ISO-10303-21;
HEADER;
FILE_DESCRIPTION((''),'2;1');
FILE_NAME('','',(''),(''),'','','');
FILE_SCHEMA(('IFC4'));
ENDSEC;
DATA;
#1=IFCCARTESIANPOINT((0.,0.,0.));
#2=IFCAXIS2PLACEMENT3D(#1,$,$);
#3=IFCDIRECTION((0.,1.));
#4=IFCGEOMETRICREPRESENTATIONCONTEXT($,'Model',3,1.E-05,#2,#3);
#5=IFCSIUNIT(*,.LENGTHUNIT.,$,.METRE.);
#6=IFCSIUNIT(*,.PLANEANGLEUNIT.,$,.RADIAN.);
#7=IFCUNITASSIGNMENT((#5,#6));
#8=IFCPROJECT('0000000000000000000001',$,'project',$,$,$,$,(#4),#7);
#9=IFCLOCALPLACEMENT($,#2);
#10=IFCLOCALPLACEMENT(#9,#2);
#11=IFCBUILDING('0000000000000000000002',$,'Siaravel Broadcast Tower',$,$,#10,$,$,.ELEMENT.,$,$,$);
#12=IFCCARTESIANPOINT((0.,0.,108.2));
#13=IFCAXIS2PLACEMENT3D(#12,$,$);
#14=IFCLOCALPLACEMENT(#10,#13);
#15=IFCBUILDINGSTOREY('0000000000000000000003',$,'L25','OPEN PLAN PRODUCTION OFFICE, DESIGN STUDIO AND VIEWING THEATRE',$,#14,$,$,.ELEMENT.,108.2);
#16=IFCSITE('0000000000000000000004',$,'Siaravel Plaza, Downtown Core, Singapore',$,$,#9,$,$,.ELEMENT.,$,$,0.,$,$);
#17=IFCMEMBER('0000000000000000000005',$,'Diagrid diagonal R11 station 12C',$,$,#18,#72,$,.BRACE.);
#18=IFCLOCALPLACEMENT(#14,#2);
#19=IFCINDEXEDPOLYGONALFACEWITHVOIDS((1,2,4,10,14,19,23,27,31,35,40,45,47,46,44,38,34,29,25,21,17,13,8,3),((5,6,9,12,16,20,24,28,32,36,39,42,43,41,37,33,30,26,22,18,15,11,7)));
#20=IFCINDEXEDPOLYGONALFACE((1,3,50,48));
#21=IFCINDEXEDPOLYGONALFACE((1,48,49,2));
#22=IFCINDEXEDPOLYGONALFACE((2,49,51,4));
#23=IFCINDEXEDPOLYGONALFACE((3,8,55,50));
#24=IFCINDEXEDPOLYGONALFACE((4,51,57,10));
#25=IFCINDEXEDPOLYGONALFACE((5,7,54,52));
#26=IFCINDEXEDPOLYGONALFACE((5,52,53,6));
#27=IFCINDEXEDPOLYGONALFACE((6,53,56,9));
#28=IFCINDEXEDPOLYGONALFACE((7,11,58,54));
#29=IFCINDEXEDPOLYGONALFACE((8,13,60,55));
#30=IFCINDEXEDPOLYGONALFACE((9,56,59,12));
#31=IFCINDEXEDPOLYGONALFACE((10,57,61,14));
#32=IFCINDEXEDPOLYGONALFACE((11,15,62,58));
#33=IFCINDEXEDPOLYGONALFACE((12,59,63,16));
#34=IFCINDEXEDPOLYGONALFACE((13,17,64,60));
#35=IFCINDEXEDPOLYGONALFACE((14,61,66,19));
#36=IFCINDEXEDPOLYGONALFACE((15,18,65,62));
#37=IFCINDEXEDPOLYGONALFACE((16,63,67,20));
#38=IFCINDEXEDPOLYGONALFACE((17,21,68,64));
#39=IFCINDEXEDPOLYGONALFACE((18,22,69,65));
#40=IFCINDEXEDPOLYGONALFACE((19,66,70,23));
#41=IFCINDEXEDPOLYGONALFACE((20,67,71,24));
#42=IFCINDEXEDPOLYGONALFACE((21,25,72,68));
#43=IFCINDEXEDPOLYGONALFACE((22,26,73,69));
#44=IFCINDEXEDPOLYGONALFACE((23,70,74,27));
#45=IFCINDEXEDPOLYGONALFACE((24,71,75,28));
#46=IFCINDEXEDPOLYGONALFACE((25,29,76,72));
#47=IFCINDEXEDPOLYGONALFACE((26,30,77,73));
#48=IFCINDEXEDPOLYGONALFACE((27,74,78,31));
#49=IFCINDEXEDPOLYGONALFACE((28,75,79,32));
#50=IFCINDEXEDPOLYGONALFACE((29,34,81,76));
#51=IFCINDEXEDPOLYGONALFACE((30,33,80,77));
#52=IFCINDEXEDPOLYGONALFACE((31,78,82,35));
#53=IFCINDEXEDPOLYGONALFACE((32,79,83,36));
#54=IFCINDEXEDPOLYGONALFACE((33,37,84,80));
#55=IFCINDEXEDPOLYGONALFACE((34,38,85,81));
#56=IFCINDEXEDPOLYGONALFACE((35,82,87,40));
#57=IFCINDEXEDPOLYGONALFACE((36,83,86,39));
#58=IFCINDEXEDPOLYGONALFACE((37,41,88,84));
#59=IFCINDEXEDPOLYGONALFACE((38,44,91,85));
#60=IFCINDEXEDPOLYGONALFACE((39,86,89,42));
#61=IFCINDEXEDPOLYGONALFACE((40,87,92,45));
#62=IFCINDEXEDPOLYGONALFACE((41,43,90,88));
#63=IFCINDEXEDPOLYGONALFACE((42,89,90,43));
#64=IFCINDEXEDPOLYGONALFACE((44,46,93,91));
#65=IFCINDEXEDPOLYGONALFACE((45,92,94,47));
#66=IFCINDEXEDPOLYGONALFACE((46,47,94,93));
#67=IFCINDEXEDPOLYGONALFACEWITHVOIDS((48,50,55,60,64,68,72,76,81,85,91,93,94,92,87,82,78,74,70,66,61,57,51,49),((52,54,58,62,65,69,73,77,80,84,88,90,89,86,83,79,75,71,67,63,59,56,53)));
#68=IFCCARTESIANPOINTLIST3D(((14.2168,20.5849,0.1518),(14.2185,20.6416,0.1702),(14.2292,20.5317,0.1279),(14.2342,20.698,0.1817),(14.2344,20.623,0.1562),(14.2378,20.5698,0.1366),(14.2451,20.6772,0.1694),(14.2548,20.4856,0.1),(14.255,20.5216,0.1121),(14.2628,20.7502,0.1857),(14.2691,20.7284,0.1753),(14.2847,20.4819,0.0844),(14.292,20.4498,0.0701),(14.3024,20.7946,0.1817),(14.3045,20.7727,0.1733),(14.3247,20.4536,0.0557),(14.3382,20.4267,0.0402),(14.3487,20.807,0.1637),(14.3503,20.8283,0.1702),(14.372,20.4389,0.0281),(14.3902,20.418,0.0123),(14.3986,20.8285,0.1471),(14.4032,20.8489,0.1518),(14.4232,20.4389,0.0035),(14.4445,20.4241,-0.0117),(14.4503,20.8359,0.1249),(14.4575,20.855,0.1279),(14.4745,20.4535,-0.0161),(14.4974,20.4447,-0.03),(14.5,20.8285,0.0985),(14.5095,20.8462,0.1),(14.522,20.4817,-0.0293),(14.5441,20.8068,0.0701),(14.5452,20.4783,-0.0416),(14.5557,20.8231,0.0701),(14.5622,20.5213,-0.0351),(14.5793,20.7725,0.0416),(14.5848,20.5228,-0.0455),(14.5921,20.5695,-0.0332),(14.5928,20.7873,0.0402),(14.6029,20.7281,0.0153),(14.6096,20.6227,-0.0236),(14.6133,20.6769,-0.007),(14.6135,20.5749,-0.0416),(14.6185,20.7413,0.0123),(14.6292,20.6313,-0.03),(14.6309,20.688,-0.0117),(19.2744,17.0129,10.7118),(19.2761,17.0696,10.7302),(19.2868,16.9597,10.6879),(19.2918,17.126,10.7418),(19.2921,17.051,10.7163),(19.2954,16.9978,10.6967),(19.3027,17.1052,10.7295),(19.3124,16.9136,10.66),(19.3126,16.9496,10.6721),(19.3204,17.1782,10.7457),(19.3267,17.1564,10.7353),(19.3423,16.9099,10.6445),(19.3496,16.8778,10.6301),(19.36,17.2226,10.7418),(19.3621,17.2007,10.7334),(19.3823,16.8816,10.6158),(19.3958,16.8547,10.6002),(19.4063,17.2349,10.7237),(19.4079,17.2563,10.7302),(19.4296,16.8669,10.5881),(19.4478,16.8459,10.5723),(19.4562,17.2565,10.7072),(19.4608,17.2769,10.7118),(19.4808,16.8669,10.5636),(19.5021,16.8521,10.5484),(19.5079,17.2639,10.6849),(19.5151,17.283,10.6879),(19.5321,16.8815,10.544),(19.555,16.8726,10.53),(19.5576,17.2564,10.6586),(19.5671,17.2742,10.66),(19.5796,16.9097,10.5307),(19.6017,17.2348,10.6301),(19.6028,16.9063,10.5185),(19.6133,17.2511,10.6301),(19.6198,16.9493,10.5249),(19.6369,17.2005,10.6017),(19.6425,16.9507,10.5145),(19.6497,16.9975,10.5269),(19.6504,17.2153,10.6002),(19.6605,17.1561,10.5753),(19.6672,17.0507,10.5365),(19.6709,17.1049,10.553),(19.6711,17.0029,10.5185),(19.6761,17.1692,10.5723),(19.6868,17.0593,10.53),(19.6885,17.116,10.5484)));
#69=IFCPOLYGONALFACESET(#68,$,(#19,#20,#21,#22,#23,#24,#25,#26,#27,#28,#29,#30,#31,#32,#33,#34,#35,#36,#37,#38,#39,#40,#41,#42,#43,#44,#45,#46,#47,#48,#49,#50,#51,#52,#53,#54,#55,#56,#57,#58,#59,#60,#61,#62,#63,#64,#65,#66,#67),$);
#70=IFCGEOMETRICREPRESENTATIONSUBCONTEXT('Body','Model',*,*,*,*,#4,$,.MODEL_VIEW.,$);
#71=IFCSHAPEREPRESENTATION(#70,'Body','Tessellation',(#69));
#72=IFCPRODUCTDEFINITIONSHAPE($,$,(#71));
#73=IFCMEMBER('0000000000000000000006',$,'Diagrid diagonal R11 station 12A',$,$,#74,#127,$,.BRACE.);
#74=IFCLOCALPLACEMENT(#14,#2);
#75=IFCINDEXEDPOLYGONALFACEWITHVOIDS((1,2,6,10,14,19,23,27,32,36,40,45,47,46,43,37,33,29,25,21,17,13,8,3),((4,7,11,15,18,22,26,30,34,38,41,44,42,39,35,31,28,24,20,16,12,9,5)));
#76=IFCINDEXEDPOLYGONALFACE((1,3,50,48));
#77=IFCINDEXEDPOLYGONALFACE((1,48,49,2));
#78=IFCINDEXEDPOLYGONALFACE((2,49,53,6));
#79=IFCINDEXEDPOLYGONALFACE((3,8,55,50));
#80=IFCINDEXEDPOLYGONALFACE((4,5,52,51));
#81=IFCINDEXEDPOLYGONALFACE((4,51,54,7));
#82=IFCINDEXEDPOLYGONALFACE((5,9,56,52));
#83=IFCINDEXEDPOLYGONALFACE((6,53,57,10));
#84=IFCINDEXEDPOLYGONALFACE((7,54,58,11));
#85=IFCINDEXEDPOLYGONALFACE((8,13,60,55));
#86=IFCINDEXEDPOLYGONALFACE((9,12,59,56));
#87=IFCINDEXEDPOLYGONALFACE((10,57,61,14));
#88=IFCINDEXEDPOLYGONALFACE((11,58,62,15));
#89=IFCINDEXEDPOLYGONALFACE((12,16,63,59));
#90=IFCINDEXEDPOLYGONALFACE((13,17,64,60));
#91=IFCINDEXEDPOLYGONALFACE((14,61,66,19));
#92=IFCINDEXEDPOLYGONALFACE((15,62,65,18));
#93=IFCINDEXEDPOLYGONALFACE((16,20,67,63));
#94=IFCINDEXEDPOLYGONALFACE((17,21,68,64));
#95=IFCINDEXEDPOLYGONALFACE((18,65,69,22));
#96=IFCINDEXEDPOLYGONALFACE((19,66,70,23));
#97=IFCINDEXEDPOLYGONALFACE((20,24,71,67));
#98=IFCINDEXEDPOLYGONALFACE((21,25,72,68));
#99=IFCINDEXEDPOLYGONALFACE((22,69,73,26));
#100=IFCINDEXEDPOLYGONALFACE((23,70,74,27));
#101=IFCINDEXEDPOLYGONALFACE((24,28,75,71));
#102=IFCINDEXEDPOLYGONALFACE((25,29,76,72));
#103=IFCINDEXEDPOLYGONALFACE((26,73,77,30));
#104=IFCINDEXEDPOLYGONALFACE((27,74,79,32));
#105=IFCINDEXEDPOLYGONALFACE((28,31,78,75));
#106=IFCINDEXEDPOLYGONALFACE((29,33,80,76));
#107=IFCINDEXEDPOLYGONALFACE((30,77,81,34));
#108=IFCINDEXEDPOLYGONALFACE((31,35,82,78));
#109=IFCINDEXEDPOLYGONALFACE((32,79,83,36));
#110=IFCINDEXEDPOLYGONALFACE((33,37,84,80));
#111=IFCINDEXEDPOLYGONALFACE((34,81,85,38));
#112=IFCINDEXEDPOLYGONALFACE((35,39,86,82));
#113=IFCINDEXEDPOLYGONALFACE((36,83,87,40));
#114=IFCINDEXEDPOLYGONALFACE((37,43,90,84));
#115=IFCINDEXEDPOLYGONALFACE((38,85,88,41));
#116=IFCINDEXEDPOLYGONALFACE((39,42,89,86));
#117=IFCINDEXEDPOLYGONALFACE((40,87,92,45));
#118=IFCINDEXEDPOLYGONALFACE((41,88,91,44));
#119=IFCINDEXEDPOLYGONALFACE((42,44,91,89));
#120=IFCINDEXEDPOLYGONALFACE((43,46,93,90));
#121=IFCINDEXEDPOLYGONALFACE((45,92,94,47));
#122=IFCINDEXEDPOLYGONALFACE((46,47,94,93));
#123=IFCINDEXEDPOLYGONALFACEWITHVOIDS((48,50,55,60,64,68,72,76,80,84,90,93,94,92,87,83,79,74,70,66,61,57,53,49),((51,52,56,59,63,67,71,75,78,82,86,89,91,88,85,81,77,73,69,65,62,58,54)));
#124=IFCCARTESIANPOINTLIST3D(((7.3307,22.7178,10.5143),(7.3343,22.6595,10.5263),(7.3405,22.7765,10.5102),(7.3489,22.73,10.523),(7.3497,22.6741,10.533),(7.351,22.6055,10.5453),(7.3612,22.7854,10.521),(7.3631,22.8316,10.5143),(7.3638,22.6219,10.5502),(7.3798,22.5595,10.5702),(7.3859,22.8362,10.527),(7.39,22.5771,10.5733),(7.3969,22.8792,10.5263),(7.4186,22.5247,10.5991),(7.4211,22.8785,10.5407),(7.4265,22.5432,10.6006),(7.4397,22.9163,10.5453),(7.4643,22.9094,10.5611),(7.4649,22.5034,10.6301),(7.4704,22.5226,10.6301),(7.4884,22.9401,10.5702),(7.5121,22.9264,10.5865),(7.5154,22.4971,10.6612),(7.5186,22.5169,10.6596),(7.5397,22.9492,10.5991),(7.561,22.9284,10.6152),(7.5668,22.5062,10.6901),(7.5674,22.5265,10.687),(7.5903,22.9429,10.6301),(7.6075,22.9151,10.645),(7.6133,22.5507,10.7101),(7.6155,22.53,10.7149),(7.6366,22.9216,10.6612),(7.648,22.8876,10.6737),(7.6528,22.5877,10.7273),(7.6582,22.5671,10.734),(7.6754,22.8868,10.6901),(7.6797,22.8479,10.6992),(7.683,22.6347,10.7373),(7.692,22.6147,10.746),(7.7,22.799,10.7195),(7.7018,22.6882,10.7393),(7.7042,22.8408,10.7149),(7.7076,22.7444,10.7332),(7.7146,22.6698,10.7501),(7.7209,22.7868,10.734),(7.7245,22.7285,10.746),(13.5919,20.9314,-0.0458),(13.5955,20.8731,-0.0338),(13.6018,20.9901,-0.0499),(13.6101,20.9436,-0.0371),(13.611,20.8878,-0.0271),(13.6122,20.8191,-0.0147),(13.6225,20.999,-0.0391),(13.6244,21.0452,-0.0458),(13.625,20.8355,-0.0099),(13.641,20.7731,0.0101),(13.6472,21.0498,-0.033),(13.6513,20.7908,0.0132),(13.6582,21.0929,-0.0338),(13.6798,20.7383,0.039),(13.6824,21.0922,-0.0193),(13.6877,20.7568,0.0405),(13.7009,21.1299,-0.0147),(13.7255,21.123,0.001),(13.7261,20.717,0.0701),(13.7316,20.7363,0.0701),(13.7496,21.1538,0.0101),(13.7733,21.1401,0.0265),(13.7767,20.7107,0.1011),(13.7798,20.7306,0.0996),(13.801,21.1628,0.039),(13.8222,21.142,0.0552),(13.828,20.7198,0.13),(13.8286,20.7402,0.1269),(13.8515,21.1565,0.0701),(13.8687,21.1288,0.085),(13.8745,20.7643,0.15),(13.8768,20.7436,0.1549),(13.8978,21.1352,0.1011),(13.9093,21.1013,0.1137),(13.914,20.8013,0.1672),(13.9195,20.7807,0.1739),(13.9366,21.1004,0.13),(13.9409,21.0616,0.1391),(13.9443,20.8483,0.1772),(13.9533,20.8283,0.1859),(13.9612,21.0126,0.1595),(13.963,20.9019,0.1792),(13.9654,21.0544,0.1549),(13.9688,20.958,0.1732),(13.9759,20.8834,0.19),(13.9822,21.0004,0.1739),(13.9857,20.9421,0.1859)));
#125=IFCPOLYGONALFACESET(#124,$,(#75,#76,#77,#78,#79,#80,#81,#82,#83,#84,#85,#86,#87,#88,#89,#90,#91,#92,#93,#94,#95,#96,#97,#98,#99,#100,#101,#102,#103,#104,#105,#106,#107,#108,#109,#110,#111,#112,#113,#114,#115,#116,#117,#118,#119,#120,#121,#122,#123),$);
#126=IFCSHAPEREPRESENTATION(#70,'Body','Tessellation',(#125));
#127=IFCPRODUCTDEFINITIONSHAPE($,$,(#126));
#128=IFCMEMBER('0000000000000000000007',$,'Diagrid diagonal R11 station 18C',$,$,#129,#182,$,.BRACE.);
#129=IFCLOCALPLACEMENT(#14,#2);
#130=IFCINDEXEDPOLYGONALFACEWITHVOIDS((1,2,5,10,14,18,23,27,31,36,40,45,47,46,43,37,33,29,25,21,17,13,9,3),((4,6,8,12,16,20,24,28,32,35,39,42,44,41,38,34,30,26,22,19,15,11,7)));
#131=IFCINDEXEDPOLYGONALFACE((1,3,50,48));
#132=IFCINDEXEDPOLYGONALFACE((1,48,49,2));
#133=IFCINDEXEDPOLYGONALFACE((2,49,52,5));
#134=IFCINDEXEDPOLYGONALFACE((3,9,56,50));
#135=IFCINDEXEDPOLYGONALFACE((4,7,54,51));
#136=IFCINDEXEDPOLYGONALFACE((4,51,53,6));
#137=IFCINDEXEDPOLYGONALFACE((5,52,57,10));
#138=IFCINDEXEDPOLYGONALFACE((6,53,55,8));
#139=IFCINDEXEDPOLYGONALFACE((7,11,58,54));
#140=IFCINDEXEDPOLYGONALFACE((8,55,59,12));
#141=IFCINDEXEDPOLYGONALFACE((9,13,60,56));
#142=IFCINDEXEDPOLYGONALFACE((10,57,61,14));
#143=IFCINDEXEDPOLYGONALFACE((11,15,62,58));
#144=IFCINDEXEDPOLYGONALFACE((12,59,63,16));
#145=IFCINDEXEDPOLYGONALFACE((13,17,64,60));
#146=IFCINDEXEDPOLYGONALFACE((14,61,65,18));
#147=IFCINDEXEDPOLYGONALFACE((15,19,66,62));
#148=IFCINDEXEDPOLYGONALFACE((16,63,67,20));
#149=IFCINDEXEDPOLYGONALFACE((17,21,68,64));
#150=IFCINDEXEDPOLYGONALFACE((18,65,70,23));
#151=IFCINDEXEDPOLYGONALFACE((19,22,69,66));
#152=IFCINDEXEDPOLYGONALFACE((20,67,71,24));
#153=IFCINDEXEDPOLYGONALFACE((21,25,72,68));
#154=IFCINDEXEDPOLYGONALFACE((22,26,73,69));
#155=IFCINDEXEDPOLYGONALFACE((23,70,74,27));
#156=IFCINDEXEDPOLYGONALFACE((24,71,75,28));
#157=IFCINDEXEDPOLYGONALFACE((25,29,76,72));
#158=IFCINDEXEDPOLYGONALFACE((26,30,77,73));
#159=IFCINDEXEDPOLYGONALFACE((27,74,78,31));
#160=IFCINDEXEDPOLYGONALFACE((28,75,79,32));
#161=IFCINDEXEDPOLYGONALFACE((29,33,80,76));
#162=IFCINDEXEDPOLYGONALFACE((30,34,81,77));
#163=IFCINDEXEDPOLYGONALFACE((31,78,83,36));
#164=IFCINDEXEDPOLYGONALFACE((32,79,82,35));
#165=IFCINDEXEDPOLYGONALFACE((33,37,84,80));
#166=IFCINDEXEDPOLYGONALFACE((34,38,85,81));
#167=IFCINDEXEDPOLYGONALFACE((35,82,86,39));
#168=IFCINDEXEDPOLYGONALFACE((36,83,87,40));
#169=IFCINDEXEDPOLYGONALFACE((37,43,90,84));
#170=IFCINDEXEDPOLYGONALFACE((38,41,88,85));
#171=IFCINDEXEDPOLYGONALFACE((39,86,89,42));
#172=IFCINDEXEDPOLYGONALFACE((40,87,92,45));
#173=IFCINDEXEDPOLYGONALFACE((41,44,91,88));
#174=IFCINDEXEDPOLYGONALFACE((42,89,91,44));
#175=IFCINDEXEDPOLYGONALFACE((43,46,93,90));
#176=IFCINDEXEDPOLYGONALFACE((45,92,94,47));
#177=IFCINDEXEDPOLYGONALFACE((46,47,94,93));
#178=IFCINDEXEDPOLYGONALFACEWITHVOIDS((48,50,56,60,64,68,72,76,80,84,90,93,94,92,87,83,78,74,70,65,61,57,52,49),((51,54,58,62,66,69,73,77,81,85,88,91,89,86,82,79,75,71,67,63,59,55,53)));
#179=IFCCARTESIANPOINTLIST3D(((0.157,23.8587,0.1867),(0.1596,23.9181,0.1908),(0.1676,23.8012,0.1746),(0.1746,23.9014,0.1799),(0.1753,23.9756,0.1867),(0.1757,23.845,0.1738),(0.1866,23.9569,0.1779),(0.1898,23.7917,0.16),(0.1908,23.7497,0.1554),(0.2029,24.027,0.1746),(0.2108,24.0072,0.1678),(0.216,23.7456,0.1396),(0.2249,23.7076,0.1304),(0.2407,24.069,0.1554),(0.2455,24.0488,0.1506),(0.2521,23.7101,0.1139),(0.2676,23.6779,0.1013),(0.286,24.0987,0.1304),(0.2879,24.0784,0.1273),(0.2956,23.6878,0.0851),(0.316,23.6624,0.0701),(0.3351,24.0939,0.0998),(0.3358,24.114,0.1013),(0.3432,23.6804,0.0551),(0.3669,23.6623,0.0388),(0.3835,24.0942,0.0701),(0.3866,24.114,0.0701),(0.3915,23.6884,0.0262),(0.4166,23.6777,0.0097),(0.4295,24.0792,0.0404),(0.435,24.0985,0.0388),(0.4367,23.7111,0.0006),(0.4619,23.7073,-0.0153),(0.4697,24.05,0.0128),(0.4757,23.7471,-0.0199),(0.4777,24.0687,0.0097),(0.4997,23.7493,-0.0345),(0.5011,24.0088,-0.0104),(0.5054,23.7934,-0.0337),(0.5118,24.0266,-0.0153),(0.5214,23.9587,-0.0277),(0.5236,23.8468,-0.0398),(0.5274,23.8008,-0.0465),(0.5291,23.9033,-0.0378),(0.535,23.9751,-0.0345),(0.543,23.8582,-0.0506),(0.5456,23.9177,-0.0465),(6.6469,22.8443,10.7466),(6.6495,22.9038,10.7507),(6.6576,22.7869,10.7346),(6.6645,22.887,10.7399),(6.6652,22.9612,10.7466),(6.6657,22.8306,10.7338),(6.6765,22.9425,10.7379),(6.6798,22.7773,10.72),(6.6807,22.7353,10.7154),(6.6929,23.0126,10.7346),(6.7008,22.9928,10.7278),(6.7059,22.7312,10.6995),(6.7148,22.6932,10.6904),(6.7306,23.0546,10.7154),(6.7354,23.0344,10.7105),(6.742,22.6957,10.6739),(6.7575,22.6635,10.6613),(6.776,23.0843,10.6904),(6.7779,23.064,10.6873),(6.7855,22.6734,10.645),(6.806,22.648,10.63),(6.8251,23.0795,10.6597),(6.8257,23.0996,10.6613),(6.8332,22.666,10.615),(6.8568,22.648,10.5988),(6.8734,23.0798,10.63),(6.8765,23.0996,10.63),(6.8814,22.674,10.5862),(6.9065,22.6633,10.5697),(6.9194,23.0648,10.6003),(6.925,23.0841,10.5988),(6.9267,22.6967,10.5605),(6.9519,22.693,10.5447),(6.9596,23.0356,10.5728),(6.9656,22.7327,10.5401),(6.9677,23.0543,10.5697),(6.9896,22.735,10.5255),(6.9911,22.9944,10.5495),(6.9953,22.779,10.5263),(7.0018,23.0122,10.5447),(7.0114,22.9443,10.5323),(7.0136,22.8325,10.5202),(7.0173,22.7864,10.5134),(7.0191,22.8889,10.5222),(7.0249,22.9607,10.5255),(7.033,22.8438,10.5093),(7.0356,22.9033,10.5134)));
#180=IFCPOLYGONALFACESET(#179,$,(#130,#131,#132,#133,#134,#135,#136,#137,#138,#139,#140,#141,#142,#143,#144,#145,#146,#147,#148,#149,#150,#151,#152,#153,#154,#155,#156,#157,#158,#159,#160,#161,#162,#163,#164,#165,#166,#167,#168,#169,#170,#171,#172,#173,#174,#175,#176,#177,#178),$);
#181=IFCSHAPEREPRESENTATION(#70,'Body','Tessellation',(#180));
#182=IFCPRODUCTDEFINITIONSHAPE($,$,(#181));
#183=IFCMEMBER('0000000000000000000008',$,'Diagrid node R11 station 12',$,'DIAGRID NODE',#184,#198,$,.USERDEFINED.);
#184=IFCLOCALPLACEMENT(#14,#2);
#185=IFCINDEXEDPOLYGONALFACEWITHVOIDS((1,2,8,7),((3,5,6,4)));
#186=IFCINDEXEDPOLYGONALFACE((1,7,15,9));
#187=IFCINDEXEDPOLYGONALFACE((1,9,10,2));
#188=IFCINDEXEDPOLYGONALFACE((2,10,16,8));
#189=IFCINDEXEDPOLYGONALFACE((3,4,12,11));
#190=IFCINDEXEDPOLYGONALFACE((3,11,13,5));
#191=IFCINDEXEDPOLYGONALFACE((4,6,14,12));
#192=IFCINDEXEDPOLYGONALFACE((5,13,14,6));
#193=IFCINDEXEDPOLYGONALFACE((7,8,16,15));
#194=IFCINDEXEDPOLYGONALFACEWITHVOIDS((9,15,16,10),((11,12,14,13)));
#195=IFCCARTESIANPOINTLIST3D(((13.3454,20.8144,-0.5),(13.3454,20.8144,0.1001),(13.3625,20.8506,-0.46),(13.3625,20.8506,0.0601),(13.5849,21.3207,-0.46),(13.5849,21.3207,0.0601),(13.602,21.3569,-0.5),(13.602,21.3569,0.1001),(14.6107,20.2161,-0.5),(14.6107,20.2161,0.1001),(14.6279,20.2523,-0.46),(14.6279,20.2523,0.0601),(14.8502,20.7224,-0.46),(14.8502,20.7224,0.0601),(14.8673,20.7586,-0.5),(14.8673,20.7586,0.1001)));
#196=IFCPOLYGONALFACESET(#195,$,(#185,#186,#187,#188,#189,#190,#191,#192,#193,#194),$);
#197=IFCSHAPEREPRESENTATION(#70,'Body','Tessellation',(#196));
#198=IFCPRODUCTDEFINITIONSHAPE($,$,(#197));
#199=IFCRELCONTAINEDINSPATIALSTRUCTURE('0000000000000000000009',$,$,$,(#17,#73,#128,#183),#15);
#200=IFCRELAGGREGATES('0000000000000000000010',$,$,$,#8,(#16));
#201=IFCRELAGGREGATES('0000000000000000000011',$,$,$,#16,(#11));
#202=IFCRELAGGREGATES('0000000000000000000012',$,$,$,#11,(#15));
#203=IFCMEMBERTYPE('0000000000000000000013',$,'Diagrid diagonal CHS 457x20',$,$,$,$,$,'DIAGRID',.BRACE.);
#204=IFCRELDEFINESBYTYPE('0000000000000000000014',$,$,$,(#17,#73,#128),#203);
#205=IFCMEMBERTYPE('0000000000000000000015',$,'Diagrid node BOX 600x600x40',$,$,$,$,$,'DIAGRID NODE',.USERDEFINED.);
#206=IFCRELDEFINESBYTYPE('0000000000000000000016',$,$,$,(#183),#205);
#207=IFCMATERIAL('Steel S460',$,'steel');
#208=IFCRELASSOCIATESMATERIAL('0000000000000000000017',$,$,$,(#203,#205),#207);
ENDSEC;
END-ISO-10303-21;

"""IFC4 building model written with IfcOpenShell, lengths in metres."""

from ifc_helpers import new_model, si_unit, direction, frame, origin, origin_2d, place, context, subcontext, project, spatial, hollow_rectangle, hollow_circle, extrude, material, material_profile, profile_set, type_object, element, save


model = new_model("IFC4")

# Units and contexts
model_context = context("Model", 3, precision=1e-05, world=origin(), true_north=direction((0.0, 1.0)))
body_context = subcontext(model_context, "Body", "Model", "MODEL_VIEW")
ifc_project = project(units=[si_unit("LENGTHUNIT", "METRE"), si_unit("PLANEANGLEUNIT", "RADIAN")], contexts=[model_context])

# Site, building, storey
site_placement = place(None, origin())
site = spatial("IfcSite", under=ifc_project, at=site_placement, Name="Siaravel Plaza, Downtown Core, Singapore", CompositionType="ELEMENT", RefElevation=0.0)
building_placement = place(site_placement, origin())
building = spatial("IfcBuilding", under=site, at=building_placement, Name="Siaravel Broadcast Tower", CompositionType="ELEMENT")
storey_placement = place(building_placement, frame((0.0, 0.0, 108.2)))
storey = spatial("IfcBuildingStorey", under=building, at=storey_placement, Name="L25", Description="OPEN PLAN PRODUCTION OFFICE, DESIGN STUDIO AND VIEWING THEATRE", CompositionType="ELEMENT", Elevation=108.2)

# Members
ifc_material_1 = material(Name="Steel S460", Category="steel")
ifc_material_profile_1 = material_profile(ifc_material_1, hollow_circle(Radius=0.2285, WallThickness=0.02, at=origin_2d()))
ifc_profile_set_1 = profile_set([ifc_material_profile_1], Name="Steel S460")
member_type_1 = type_object("IfcMemberType", Name="Diagrid diagonal CHS 457x20", ElementType="DIAGRID", PredefinedType="BRACE", material=ifc_profile_set_1)
member_1_placement = place(storey_placement, frame((14.4238, 20.6365, 0.0701), z_axis=(0.413154, -0.291797, 0.862646), x_axis=(0.576892, 0.81682, 0.0)))
element("IfcMember", 1, at=member_1_placement, inside=storey, type_object=member_type_1, Name="Diagrid diagonal R11 station 12C", PredefinedType="BRACE", context=body_context, shape_type="SweptSolid", body=[
    extrude(hollow_circle(Radius=0.2285, WallThickness=0.02, at=origin_2d()), origin(), (0.0, 0.0, 1.0), 12.2415),
])
member_2_placement = place(storey_placement, frame((13.7888, 20.9368, 0.0701), z_axis=(-0.504693, 0.143993, 0.851205), x_axis=(-0.27436, -0.961627, 0.0)))
element("IfcMember", 2, at=member_2_placement, inside=storey, type_object=member_type_1, Name="Diagrid diagonal R11 station 12A", PredefinedType="BRACE", context=body_context, shape_type="SweptSolid", body=[
    extrude(hollow_circle(Radius=0.2285, WallThickness=0.02, at=origin_2d()), origin(), (0.0, 0.0, 1.0), 12.406),
])
member_3_placement = place(storey_placement, frame((0.3513, 23.8882, 0.0701), z_axis=(0.521855, -0.081567, 0.849126), x_axis=(0.154428, 0.988004, 0.0)))
element("IfcMember", 3, at=member_3_placement, inside=storey, type_object=member_type_1, Name="Diagrid diagonal R11 station 18C", PredefinedType="BRACE", context=body_context, shape_type="SweptSolid", body=[
    extrude(hollow_circle(Radius=0.2285, WallThickness=0.02, at=origin_2d()), origin(), (0.0, 0.0, 1.0), 12.4363),
])
ifc_material_profile_2 = material_profile(ifc_material_1, hollow_rectangle(XDim=0.6001, YDim=0.6001, WallThickness=0.04, at=origin_2d()))
ifc_profile_set_2 = profile_set([ifc_material_profile_2], Name="Steel S460")
member_type_2 = type_object("IfcMemberType", Name="Diagrid node BOX 600x600x40", ElementType="DIAGRID NODE", PredefinedType="USERDEFINED", material=ifc_profile_set_2)
member_4_placement = place(storey_placement, frame((14.739, 20.4873, -0.2), z_axis=(-0.904015, 0.427501, 0.0), x_axis=(-0.427501, -0.904015, 0.0)))
element("IfcMember", 4, at=member_4_placement, inside=storey, type_object=member_type_2, Name="Diagrid node R11 station 12", ObjectType="DIAGRID NODE", PredefinedType="USERDEFINED", context=body_context, shape_type="SweptSolid", body=[
    extrude(hollow_rectangle(XDim=0.6001, YDim=0.6001, WallThickness=0.04, at=origin_2d()), origin(), (0.0, 0.0, 1.0), 1.3997),
])

save(model, "model.ifc")
